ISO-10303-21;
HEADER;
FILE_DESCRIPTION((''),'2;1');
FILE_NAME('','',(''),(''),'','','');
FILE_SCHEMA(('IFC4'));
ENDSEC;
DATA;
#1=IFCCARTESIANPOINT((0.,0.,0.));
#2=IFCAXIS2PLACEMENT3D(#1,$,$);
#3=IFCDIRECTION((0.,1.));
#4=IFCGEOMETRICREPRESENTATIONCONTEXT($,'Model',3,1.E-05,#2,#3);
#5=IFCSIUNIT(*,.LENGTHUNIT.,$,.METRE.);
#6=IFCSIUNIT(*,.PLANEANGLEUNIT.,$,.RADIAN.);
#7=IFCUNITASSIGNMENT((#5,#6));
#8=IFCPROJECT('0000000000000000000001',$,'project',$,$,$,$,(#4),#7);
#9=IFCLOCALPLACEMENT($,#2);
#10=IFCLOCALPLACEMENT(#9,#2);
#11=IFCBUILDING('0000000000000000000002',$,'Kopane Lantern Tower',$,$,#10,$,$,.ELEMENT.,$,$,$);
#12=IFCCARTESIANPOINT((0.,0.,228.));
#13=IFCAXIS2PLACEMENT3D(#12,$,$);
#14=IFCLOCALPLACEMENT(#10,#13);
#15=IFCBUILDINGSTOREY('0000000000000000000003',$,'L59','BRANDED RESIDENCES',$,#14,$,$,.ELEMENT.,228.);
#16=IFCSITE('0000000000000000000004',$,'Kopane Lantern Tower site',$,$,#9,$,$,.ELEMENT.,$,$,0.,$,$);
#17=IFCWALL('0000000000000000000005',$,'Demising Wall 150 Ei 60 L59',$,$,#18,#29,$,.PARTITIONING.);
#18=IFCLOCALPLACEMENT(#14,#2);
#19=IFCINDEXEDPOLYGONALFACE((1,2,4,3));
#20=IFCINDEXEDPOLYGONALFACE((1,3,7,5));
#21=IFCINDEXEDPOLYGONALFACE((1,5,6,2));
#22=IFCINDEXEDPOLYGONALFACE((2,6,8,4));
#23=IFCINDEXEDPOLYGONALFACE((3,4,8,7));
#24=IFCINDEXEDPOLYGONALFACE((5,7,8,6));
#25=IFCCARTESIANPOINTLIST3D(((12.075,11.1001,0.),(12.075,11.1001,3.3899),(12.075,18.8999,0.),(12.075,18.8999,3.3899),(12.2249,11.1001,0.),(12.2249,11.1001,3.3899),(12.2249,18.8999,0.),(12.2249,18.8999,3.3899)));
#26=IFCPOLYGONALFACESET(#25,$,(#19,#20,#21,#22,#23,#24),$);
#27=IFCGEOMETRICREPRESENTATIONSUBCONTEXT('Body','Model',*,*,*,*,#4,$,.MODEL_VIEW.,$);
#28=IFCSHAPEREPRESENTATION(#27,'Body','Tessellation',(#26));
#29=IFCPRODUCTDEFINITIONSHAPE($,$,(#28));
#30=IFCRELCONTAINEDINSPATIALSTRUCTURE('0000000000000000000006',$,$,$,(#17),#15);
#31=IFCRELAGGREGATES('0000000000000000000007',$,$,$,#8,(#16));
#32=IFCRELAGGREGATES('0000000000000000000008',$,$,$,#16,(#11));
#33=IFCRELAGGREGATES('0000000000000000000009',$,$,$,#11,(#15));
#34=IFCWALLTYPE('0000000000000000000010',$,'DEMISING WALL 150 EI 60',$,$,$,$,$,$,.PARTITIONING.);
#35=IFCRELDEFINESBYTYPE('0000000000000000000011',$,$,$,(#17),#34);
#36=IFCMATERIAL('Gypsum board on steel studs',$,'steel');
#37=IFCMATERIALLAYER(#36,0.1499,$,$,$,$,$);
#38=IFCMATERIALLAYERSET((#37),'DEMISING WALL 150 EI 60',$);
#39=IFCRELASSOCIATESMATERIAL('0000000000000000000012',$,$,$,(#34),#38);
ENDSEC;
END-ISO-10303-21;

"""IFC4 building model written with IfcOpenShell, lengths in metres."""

from ifc_helpers import new_model, si_unit, direction, frame, frame_2d, origin, place, context, subcontext, project, spatial, rectangle, extrude, material, layer, layer_set, type_object, element, save


model = new_model("IFC4")

# Units and contexts
model_context = context("Model", 3, precision=1e-05, world=origin(), true_north=direction((0.0, 1.0)))
body_context = subcontext(model_context, "Body", "Model", "MODEL_VIEW")
ifc_project = project(units=[si_unit("LENGTHUNIT", "METRE"), si_unit("PLANEANGLEUNIT", "RADIAN")], contexts=[model_context])

# Site, building, storey
site_placement = place(None, origin())
site = spatial("IfcSite", under=ifc_project, at=site_placement, Name="Kopane Lantern Tower site", CompositionType="ELEMENT", RefElevation=0.0)
building_placement = place(site_placement, origin())
building = spatial("IfcBuilding", under=site, at=building_placement, Name="Kopane Lantern Tower", CompositionType="ELEMENT")
storey_placement = place(building_placement, frame((0.0, 0.0, 228.0)))
storey = spatial("IfcBuildingStorey", under=building, at=storey_placement, Name="L59", Description="BRANDED RESIDENCES", CompositionType="ELEMENT", Elevation=228.0)

# Wall
ifc_material_1 = material(Name="Gypsum board on steel studs", Category="steel")
ifc_layer_1 = layer(ifc_material_1, 0.1499)
ifc_layer_set_1 = layer_set([ifc_layer_1], Name="DEMISING WALL 150 EI 60")
wall_type_1 = type_object("IfcWallType", Name="DEMISING WALL 150 EI 60", PredefinedType="PARTITIONING", material=ifc_layer_set_1)
wall_1_placement = place(storey_placement, frame((12.1499, 18.8999, 0.0), z_axis=(0.0, 0.0, 1.0), x_axis=(0.0, -1.0, 0.0)))
element("IfcWall", 1, at=wall_1_placement, inside=storey, type_object=wall_type_1, Name="Demising Wall 150 Ei 60 L59", PredefinedType="PARTITIONING", context=body_context, shape_type="SweptSolid", body=[
    extrude(rectangle(XDim=7.7998, YDim=0.1499, at=frame_2d((3.8999, 0.0))), origin(), (0.0, 0.0, 1.0), 3.3899),
])

save(model, "model.ifc")
